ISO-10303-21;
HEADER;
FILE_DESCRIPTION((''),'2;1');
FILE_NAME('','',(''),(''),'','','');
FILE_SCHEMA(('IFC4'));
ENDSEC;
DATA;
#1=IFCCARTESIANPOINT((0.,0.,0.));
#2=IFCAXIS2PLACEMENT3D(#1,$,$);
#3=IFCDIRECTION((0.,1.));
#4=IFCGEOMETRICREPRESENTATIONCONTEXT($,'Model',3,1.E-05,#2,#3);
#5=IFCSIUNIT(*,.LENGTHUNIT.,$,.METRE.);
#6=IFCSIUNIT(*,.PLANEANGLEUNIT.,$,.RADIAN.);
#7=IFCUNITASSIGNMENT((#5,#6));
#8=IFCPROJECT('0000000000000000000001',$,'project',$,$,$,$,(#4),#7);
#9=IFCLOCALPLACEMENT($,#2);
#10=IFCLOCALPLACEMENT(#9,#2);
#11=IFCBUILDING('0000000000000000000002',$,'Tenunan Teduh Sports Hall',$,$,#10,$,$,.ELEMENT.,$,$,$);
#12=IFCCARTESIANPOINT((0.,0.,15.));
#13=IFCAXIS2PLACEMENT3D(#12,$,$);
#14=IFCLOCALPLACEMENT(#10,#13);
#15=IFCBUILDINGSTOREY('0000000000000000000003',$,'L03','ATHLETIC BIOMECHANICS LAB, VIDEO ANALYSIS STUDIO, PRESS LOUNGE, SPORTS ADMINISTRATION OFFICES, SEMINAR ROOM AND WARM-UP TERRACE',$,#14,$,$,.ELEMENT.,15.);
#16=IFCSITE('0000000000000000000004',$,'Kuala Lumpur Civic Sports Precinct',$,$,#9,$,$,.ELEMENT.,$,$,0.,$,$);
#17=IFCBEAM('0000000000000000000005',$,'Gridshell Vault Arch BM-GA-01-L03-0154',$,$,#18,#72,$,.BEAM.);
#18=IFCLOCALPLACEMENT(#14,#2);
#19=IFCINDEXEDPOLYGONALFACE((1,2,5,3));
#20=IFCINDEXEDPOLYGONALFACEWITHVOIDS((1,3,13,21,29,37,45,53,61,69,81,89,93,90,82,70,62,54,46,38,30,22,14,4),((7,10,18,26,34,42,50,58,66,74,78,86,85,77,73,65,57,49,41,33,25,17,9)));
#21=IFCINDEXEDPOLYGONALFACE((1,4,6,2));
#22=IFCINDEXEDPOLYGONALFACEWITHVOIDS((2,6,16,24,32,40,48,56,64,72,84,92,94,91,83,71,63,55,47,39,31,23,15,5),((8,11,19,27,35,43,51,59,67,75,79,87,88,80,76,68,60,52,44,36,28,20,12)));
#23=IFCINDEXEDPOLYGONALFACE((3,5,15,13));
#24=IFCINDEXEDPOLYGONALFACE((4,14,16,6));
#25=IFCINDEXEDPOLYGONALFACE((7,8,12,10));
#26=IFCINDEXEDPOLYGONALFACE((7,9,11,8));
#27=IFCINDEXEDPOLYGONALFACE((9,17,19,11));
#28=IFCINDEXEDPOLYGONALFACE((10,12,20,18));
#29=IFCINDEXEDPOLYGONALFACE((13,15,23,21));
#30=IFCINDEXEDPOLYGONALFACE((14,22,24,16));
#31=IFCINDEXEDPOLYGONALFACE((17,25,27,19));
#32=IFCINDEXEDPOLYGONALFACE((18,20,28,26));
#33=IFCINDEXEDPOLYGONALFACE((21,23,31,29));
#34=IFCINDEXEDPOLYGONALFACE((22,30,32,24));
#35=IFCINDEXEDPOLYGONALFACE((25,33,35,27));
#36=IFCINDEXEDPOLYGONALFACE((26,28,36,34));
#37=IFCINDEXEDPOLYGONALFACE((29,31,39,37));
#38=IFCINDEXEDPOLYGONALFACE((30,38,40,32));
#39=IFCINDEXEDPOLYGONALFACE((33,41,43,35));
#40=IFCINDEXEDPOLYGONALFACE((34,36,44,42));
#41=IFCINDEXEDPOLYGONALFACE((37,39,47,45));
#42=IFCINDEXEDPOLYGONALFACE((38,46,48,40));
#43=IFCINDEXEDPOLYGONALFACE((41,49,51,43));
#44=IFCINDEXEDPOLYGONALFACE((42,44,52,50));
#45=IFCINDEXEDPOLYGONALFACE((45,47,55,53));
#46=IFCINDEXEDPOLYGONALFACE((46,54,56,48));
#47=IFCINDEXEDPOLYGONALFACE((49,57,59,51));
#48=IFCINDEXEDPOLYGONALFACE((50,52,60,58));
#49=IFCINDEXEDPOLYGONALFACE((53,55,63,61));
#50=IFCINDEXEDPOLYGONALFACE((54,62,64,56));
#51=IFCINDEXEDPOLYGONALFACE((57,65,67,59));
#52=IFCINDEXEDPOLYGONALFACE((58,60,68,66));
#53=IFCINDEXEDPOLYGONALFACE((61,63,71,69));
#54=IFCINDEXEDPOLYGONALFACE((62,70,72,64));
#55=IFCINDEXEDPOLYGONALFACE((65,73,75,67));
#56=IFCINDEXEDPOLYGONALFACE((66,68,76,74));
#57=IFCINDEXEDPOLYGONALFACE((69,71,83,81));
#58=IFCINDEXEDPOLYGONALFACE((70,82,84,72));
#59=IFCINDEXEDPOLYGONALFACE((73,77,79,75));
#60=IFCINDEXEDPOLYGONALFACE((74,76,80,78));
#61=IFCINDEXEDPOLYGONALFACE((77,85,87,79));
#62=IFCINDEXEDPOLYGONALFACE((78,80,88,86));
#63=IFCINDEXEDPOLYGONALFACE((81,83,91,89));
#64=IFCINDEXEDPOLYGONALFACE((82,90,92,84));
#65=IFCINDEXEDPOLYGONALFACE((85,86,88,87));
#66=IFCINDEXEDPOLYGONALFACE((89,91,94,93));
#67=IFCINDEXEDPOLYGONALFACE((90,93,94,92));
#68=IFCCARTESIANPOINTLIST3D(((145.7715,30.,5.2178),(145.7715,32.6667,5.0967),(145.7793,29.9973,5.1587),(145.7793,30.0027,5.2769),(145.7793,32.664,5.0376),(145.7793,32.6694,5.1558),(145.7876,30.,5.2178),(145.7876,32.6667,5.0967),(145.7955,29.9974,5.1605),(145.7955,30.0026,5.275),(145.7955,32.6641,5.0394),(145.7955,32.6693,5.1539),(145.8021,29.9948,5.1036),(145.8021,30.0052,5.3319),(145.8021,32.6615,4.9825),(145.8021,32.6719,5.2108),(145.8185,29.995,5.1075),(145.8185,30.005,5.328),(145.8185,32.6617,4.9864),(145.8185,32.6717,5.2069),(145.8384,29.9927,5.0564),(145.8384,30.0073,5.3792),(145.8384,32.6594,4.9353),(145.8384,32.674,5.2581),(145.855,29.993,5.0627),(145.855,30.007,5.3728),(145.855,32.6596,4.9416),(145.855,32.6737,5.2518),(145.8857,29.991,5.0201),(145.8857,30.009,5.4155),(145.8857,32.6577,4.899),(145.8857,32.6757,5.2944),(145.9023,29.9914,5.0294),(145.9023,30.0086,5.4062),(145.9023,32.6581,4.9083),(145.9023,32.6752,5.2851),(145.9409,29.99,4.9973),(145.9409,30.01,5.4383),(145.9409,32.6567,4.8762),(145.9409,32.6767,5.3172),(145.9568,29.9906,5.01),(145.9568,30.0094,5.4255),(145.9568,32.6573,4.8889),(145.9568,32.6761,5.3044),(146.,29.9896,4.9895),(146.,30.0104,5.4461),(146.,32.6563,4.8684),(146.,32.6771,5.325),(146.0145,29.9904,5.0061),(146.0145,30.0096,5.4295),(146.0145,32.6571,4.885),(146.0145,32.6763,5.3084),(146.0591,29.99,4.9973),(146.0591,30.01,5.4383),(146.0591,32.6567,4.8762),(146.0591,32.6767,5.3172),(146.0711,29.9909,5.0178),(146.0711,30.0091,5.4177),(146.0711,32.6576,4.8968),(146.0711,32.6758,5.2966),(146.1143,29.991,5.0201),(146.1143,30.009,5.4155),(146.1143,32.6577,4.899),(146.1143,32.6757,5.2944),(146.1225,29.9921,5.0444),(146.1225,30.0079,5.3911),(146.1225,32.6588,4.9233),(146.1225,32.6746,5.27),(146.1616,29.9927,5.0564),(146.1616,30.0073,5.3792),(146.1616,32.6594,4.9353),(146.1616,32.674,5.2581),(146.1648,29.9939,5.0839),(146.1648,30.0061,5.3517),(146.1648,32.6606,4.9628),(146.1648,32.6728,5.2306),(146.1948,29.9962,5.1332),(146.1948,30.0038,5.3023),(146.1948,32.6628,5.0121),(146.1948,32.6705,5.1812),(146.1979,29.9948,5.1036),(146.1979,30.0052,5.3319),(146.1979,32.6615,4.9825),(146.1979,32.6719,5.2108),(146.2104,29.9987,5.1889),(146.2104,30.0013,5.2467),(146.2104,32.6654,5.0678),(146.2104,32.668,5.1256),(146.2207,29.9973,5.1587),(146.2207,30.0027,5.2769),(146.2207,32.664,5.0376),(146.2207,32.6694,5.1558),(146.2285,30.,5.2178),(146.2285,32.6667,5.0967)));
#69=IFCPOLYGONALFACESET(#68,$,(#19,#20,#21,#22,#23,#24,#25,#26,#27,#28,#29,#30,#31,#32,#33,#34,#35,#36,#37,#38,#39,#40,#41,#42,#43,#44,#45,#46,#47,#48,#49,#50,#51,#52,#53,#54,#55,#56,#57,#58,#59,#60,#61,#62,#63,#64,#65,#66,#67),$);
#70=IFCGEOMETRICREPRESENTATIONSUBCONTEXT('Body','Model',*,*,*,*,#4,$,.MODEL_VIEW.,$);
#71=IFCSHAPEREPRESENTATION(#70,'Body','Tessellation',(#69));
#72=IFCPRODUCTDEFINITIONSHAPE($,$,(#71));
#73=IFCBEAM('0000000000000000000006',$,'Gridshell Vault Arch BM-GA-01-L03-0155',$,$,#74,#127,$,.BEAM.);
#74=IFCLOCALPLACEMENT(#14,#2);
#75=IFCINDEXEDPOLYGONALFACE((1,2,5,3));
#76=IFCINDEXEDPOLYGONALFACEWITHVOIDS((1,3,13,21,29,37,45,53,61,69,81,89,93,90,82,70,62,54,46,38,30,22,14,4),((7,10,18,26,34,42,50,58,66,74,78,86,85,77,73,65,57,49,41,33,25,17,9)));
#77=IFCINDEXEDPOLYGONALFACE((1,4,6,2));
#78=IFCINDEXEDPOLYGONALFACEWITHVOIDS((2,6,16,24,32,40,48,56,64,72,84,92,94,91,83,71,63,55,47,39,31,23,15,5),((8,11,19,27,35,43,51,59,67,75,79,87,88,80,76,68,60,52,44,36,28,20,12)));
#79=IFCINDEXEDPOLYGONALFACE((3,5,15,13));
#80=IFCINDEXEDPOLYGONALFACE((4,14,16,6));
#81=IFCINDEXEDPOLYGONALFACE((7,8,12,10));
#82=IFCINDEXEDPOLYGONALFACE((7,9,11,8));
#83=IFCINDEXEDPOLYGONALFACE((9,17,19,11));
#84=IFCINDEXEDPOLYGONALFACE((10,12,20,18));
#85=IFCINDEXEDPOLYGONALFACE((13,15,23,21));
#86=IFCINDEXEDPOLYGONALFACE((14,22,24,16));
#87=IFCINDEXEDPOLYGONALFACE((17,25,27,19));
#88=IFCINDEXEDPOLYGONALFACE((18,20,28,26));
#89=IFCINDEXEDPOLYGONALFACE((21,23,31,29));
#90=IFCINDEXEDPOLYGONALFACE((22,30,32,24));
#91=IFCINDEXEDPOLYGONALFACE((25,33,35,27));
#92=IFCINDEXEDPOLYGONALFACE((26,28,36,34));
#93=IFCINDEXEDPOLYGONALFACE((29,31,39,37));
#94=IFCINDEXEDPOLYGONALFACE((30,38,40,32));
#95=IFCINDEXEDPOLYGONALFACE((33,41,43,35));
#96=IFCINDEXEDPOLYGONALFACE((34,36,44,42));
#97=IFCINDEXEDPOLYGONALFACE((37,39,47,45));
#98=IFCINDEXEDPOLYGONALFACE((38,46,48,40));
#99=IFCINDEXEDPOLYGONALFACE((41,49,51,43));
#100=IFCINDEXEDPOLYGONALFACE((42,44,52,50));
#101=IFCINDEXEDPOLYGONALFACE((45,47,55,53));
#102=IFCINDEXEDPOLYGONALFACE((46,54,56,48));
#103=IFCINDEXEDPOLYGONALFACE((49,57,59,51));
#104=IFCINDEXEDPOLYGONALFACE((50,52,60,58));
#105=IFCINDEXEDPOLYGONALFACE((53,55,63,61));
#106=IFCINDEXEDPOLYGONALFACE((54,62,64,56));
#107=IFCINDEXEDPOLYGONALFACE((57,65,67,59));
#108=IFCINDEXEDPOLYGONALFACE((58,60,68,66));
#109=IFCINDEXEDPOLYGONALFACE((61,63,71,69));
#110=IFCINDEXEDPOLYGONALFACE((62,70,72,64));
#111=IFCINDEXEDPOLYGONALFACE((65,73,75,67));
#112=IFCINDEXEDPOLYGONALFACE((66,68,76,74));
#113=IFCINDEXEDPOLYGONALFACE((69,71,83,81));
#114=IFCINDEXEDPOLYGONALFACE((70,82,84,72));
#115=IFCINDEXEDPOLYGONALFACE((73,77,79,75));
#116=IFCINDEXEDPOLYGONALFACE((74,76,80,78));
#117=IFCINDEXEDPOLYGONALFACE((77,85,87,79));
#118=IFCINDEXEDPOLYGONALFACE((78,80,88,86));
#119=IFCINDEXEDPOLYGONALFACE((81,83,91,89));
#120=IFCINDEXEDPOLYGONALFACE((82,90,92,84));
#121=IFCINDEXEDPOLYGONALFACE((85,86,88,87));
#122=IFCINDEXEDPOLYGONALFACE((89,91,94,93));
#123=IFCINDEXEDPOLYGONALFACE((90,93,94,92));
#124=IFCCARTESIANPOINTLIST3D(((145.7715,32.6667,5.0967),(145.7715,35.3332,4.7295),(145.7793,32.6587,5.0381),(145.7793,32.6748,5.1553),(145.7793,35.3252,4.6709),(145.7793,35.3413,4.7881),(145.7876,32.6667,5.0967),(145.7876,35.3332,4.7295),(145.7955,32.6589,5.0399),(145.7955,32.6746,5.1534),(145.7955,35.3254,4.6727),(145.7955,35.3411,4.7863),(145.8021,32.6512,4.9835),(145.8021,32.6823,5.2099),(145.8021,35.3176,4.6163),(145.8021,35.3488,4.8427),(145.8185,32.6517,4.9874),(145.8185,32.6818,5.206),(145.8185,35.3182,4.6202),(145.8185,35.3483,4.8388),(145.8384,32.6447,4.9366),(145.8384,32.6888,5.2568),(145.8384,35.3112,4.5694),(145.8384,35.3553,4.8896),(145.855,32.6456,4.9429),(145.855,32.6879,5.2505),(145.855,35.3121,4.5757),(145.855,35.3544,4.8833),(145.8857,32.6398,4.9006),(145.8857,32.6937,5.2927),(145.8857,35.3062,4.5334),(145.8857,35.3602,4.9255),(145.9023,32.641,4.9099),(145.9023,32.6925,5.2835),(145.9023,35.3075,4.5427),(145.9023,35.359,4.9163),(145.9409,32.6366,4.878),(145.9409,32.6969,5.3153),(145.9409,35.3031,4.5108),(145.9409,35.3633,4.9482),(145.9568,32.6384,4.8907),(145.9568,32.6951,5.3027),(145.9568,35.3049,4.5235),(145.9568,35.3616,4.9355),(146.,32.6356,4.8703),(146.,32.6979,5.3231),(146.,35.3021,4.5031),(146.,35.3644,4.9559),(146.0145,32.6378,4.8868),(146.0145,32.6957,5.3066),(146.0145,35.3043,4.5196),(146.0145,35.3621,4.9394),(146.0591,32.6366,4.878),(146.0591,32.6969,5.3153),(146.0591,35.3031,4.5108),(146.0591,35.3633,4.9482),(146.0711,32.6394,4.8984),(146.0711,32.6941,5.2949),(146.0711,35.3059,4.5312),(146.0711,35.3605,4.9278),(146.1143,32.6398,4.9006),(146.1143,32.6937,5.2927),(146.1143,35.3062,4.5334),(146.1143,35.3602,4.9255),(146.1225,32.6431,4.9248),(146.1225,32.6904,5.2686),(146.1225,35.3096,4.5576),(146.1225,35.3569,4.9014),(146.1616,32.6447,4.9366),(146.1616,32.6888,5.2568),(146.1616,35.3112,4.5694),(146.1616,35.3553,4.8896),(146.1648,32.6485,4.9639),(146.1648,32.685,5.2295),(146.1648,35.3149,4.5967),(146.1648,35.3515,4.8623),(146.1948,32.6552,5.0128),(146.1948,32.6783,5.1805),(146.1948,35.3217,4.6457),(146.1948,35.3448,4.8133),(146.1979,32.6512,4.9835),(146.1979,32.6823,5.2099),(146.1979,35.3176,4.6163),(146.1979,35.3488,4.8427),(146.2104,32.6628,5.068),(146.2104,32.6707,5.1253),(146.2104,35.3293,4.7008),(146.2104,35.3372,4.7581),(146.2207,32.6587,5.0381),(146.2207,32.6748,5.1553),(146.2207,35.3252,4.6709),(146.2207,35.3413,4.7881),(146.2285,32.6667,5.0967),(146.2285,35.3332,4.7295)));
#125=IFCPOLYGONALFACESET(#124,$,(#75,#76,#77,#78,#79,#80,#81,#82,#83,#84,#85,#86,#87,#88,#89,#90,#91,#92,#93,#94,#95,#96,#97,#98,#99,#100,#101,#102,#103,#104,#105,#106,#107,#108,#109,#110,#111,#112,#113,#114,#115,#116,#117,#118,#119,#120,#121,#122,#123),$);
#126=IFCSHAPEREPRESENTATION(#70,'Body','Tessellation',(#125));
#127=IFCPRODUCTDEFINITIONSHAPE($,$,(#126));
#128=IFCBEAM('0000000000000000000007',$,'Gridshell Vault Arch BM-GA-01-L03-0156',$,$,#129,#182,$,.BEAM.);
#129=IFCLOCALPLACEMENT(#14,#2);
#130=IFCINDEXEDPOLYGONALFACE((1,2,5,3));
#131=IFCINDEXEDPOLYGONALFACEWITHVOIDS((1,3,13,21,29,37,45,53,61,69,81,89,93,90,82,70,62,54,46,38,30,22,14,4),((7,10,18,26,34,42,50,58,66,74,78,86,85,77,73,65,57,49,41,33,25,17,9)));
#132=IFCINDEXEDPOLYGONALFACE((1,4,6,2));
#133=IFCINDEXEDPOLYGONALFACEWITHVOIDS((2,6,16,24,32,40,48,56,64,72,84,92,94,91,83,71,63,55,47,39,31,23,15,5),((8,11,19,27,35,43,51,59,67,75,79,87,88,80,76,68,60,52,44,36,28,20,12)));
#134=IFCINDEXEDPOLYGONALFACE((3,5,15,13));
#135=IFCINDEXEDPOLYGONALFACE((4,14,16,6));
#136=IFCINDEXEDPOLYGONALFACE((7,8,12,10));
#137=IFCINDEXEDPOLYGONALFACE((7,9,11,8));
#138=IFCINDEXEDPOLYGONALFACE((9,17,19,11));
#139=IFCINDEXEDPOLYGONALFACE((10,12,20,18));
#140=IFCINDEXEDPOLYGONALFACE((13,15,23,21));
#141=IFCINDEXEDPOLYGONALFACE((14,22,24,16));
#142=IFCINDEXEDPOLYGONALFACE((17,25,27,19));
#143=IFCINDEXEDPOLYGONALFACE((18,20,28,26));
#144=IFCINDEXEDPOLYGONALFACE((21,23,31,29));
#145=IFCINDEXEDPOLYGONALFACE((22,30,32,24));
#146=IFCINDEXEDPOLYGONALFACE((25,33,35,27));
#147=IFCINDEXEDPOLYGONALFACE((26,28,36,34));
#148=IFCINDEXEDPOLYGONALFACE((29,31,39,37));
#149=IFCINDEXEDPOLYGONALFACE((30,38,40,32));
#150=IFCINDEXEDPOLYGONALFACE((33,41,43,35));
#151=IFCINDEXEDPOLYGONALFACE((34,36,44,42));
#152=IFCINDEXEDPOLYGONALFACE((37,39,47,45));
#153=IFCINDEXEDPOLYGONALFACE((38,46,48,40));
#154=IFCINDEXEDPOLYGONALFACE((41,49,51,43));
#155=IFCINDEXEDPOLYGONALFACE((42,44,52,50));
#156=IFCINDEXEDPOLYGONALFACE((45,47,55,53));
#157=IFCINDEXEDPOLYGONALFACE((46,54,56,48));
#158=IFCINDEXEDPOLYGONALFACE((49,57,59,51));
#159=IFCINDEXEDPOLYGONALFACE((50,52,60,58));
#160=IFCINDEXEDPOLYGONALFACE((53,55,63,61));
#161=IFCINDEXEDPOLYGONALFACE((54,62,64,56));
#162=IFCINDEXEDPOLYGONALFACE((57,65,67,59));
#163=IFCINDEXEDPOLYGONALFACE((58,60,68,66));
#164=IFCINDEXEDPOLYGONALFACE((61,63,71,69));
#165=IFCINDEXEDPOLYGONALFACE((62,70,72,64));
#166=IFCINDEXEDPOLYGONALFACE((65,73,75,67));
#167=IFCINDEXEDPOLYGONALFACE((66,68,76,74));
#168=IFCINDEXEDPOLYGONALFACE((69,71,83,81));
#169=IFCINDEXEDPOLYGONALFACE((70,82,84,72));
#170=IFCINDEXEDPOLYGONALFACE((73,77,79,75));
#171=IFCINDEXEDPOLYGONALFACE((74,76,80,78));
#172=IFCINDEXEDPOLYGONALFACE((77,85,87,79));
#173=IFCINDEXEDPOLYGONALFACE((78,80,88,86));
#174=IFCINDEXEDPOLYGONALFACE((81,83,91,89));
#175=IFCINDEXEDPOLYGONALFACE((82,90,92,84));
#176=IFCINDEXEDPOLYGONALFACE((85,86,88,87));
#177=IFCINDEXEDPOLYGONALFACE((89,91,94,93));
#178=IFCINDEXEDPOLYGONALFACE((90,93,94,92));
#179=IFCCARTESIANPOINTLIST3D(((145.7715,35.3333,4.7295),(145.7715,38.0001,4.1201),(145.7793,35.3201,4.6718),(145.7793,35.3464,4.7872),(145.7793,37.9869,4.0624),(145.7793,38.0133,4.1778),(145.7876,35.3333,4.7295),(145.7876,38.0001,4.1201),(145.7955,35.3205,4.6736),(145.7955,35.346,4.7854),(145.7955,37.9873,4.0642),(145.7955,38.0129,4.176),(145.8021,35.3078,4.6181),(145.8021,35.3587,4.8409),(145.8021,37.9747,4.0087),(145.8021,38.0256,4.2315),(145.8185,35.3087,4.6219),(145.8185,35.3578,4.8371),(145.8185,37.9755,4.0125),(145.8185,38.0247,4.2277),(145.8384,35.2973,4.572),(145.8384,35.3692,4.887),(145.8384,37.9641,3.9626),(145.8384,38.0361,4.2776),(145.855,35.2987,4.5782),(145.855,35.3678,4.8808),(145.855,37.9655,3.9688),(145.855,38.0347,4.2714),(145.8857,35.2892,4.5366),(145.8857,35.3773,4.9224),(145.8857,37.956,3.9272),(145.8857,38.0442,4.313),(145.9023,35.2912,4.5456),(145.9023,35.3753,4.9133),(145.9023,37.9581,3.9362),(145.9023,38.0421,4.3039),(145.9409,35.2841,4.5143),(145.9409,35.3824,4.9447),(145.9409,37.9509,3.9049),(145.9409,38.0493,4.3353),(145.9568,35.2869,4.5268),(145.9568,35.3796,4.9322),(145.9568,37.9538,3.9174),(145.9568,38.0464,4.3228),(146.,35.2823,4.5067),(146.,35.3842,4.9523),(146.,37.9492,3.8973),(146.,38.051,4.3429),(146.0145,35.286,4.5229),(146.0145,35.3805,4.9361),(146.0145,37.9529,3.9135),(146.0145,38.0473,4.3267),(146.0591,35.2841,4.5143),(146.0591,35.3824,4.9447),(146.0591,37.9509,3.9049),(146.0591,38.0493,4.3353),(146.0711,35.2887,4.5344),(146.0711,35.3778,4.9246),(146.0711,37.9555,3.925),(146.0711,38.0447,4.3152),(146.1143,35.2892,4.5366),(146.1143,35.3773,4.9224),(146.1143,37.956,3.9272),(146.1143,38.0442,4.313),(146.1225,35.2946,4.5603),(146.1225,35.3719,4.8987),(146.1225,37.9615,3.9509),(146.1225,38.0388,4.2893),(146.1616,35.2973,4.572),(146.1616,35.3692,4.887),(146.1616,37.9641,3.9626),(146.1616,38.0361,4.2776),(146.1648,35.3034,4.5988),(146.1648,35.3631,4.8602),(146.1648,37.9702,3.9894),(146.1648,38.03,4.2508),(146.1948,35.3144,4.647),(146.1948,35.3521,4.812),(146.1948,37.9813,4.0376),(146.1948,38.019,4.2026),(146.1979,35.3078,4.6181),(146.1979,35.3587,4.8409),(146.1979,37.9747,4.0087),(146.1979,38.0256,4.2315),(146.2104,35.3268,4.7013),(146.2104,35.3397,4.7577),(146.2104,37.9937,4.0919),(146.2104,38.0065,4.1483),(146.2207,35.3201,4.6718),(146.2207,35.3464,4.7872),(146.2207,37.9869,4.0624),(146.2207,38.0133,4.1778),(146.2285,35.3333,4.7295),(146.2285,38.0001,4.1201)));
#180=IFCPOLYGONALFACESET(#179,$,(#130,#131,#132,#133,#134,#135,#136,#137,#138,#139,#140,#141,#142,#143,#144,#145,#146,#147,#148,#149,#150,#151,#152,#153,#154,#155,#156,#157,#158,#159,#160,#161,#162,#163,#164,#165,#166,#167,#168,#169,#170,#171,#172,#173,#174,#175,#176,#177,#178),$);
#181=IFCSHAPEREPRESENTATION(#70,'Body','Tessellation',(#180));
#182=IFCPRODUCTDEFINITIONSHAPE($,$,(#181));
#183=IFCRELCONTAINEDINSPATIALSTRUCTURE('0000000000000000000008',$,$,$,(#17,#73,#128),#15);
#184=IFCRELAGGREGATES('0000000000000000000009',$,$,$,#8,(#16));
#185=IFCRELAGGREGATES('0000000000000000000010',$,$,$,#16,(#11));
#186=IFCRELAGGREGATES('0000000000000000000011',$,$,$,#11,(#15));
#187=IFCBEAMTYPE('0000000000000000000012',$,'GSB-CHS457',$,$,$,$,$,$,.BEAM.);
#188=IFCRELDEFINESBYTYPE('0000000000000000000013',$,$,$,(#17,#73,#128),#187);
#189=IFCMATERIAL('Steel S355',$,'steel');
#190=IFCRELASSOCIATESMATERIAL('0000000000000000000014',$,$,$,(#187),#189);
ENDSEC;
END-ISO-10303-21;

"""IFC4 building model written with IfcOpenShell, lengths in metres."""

from ifc_helpers import new_model, si_unit, direction, frame, origin, origin_2d, place, context, subcontext, project, spatial, hollow_circle, extrude, material, material_profile, profile_set, type_object, element, save


model = new_model("IFC4")

# Units and contexts
model_context = context("Model", 3, precision=1e-05, world=origin(), true_north=direction((0.0, 1.0)))
body_context = subcontext(model_context, "Body", "Model", "MODEL_VIEW")
ifc_project = project(units=[si_unit("LENGTHUNIT", "METRE"), si_unit("PLANEANGLEUNIT", "RADIAN")], contexts=[model_context])

# Site, building, storey
site_placement = place(None, origin())
site = spatial("IfcSite", under=ifc_project, at=site_placement, Name="Kuala Lumpur Civic Sports Precinct", CompositionType="ELEMENT", RefElevation=0.0)
building_placement = place(site_placement, origin())
building = spatial("IfcBuilding", under=site, at=building_placement, Name="Tenunan Teduh Sports Hall", CompositionType="ELEMENT")
storey_placement = place(building_placement, frame((0.0, 0.0, 15.0)))
storey = spatial("IfcBuildingStorey", under=building, at=storey_placement, Name="L03", Description="ATHLETIC BIOMECHANICS LAB, VIDEO ANALYSIS STUDIO, PRESS LOUNGE, SPORTS ADMINISTRATION OFFICES, SEMINAR ROOM AND WARM-UP TERRACE", CompositionType="ELEMENT", Elevation=15.0)

# Beams
ifc_material_1 = material(Name="Steel S355", Category="steel")
ifc_material_profile_1 = material_profile(ifc_material_1, hollow_circle(Radius=0.2285, WallThickness=0.0161, at=origin_2d()), Name="CHS 457.0x16.0")
ifc_profile_set_1 = profile_set([ifc_material_profile_1], Name="Steel S355")
beam_type_1 = type_object("IfcBeamType", Name="GSB-CHS457", PredefinedType="BEAM", material=ifc_profile_set_1)
beam_1_placement = place(storey_placement, frame((146.0, 30.0, 5.2178), z_axis=(0.0, 0.998971, -0.045362), x_axis=(-1.0, 0.0, 0.0)))
element("IfcBeam", 1, at=beam_1_placement, inside=storey, type_object=beam_type_1, Name="Gridshell Vault Arch BM-GA-01-L03-0154", PredefinedType="BEAM", context=body_context, shape_type="SweptSolid", body=[
    extrude(hollow_circle(Radius=0.2285, WallThickness=0.0161, at=origin_2d()), origin(), (0.0, 0.0, 1.0), 2.6694),
])
beam_2_placement = place(storey_placement, frame((146.0, 32.6667, 5.0967), z_axis=(0.0, 0.990652, -0.136416), x_axis=(-1.0, 0.0, 0.0)))
element("IfcBeam", 2, at=beam_2_placement, inside=storey, type_object=beam_type_1, Name="Gridshell Vault Arch BM-GA-01-L03-0155", PredefinedType="BEAM", context=body_context, shape_type="SweptSolid", body=[
    extrude(hollow_circle(Radius=0.2285, WallThickness=0.0161, at=origin_2d()), origin(), (0.0, 0.0, 1.0), 2.6917),
])
beam_3_placement = place(storey_placement, frame((146.0, 35.3333, 4.7295), z_axis=(0.0, 0.974872, -0.222767), x_axis=(-1.0, 0.0, 0.0)))
element("IfcBeam", 3, at=beam_3_placement, inside=storey, type_object=beam_type_1, Name="Gridshell Vault Arch BM-GA-01-L03-0156", PredefinedType="BEAM", context=body_context, shape_type="SweptSolid", body=[
    extrude(hollow_circle(Radius=0.2285, WallThickness=0.0161, at=origin_2d()), origin(), (0.0, 0.0, 1.0), 2.7356),
])

save(model, "model.ifc")
